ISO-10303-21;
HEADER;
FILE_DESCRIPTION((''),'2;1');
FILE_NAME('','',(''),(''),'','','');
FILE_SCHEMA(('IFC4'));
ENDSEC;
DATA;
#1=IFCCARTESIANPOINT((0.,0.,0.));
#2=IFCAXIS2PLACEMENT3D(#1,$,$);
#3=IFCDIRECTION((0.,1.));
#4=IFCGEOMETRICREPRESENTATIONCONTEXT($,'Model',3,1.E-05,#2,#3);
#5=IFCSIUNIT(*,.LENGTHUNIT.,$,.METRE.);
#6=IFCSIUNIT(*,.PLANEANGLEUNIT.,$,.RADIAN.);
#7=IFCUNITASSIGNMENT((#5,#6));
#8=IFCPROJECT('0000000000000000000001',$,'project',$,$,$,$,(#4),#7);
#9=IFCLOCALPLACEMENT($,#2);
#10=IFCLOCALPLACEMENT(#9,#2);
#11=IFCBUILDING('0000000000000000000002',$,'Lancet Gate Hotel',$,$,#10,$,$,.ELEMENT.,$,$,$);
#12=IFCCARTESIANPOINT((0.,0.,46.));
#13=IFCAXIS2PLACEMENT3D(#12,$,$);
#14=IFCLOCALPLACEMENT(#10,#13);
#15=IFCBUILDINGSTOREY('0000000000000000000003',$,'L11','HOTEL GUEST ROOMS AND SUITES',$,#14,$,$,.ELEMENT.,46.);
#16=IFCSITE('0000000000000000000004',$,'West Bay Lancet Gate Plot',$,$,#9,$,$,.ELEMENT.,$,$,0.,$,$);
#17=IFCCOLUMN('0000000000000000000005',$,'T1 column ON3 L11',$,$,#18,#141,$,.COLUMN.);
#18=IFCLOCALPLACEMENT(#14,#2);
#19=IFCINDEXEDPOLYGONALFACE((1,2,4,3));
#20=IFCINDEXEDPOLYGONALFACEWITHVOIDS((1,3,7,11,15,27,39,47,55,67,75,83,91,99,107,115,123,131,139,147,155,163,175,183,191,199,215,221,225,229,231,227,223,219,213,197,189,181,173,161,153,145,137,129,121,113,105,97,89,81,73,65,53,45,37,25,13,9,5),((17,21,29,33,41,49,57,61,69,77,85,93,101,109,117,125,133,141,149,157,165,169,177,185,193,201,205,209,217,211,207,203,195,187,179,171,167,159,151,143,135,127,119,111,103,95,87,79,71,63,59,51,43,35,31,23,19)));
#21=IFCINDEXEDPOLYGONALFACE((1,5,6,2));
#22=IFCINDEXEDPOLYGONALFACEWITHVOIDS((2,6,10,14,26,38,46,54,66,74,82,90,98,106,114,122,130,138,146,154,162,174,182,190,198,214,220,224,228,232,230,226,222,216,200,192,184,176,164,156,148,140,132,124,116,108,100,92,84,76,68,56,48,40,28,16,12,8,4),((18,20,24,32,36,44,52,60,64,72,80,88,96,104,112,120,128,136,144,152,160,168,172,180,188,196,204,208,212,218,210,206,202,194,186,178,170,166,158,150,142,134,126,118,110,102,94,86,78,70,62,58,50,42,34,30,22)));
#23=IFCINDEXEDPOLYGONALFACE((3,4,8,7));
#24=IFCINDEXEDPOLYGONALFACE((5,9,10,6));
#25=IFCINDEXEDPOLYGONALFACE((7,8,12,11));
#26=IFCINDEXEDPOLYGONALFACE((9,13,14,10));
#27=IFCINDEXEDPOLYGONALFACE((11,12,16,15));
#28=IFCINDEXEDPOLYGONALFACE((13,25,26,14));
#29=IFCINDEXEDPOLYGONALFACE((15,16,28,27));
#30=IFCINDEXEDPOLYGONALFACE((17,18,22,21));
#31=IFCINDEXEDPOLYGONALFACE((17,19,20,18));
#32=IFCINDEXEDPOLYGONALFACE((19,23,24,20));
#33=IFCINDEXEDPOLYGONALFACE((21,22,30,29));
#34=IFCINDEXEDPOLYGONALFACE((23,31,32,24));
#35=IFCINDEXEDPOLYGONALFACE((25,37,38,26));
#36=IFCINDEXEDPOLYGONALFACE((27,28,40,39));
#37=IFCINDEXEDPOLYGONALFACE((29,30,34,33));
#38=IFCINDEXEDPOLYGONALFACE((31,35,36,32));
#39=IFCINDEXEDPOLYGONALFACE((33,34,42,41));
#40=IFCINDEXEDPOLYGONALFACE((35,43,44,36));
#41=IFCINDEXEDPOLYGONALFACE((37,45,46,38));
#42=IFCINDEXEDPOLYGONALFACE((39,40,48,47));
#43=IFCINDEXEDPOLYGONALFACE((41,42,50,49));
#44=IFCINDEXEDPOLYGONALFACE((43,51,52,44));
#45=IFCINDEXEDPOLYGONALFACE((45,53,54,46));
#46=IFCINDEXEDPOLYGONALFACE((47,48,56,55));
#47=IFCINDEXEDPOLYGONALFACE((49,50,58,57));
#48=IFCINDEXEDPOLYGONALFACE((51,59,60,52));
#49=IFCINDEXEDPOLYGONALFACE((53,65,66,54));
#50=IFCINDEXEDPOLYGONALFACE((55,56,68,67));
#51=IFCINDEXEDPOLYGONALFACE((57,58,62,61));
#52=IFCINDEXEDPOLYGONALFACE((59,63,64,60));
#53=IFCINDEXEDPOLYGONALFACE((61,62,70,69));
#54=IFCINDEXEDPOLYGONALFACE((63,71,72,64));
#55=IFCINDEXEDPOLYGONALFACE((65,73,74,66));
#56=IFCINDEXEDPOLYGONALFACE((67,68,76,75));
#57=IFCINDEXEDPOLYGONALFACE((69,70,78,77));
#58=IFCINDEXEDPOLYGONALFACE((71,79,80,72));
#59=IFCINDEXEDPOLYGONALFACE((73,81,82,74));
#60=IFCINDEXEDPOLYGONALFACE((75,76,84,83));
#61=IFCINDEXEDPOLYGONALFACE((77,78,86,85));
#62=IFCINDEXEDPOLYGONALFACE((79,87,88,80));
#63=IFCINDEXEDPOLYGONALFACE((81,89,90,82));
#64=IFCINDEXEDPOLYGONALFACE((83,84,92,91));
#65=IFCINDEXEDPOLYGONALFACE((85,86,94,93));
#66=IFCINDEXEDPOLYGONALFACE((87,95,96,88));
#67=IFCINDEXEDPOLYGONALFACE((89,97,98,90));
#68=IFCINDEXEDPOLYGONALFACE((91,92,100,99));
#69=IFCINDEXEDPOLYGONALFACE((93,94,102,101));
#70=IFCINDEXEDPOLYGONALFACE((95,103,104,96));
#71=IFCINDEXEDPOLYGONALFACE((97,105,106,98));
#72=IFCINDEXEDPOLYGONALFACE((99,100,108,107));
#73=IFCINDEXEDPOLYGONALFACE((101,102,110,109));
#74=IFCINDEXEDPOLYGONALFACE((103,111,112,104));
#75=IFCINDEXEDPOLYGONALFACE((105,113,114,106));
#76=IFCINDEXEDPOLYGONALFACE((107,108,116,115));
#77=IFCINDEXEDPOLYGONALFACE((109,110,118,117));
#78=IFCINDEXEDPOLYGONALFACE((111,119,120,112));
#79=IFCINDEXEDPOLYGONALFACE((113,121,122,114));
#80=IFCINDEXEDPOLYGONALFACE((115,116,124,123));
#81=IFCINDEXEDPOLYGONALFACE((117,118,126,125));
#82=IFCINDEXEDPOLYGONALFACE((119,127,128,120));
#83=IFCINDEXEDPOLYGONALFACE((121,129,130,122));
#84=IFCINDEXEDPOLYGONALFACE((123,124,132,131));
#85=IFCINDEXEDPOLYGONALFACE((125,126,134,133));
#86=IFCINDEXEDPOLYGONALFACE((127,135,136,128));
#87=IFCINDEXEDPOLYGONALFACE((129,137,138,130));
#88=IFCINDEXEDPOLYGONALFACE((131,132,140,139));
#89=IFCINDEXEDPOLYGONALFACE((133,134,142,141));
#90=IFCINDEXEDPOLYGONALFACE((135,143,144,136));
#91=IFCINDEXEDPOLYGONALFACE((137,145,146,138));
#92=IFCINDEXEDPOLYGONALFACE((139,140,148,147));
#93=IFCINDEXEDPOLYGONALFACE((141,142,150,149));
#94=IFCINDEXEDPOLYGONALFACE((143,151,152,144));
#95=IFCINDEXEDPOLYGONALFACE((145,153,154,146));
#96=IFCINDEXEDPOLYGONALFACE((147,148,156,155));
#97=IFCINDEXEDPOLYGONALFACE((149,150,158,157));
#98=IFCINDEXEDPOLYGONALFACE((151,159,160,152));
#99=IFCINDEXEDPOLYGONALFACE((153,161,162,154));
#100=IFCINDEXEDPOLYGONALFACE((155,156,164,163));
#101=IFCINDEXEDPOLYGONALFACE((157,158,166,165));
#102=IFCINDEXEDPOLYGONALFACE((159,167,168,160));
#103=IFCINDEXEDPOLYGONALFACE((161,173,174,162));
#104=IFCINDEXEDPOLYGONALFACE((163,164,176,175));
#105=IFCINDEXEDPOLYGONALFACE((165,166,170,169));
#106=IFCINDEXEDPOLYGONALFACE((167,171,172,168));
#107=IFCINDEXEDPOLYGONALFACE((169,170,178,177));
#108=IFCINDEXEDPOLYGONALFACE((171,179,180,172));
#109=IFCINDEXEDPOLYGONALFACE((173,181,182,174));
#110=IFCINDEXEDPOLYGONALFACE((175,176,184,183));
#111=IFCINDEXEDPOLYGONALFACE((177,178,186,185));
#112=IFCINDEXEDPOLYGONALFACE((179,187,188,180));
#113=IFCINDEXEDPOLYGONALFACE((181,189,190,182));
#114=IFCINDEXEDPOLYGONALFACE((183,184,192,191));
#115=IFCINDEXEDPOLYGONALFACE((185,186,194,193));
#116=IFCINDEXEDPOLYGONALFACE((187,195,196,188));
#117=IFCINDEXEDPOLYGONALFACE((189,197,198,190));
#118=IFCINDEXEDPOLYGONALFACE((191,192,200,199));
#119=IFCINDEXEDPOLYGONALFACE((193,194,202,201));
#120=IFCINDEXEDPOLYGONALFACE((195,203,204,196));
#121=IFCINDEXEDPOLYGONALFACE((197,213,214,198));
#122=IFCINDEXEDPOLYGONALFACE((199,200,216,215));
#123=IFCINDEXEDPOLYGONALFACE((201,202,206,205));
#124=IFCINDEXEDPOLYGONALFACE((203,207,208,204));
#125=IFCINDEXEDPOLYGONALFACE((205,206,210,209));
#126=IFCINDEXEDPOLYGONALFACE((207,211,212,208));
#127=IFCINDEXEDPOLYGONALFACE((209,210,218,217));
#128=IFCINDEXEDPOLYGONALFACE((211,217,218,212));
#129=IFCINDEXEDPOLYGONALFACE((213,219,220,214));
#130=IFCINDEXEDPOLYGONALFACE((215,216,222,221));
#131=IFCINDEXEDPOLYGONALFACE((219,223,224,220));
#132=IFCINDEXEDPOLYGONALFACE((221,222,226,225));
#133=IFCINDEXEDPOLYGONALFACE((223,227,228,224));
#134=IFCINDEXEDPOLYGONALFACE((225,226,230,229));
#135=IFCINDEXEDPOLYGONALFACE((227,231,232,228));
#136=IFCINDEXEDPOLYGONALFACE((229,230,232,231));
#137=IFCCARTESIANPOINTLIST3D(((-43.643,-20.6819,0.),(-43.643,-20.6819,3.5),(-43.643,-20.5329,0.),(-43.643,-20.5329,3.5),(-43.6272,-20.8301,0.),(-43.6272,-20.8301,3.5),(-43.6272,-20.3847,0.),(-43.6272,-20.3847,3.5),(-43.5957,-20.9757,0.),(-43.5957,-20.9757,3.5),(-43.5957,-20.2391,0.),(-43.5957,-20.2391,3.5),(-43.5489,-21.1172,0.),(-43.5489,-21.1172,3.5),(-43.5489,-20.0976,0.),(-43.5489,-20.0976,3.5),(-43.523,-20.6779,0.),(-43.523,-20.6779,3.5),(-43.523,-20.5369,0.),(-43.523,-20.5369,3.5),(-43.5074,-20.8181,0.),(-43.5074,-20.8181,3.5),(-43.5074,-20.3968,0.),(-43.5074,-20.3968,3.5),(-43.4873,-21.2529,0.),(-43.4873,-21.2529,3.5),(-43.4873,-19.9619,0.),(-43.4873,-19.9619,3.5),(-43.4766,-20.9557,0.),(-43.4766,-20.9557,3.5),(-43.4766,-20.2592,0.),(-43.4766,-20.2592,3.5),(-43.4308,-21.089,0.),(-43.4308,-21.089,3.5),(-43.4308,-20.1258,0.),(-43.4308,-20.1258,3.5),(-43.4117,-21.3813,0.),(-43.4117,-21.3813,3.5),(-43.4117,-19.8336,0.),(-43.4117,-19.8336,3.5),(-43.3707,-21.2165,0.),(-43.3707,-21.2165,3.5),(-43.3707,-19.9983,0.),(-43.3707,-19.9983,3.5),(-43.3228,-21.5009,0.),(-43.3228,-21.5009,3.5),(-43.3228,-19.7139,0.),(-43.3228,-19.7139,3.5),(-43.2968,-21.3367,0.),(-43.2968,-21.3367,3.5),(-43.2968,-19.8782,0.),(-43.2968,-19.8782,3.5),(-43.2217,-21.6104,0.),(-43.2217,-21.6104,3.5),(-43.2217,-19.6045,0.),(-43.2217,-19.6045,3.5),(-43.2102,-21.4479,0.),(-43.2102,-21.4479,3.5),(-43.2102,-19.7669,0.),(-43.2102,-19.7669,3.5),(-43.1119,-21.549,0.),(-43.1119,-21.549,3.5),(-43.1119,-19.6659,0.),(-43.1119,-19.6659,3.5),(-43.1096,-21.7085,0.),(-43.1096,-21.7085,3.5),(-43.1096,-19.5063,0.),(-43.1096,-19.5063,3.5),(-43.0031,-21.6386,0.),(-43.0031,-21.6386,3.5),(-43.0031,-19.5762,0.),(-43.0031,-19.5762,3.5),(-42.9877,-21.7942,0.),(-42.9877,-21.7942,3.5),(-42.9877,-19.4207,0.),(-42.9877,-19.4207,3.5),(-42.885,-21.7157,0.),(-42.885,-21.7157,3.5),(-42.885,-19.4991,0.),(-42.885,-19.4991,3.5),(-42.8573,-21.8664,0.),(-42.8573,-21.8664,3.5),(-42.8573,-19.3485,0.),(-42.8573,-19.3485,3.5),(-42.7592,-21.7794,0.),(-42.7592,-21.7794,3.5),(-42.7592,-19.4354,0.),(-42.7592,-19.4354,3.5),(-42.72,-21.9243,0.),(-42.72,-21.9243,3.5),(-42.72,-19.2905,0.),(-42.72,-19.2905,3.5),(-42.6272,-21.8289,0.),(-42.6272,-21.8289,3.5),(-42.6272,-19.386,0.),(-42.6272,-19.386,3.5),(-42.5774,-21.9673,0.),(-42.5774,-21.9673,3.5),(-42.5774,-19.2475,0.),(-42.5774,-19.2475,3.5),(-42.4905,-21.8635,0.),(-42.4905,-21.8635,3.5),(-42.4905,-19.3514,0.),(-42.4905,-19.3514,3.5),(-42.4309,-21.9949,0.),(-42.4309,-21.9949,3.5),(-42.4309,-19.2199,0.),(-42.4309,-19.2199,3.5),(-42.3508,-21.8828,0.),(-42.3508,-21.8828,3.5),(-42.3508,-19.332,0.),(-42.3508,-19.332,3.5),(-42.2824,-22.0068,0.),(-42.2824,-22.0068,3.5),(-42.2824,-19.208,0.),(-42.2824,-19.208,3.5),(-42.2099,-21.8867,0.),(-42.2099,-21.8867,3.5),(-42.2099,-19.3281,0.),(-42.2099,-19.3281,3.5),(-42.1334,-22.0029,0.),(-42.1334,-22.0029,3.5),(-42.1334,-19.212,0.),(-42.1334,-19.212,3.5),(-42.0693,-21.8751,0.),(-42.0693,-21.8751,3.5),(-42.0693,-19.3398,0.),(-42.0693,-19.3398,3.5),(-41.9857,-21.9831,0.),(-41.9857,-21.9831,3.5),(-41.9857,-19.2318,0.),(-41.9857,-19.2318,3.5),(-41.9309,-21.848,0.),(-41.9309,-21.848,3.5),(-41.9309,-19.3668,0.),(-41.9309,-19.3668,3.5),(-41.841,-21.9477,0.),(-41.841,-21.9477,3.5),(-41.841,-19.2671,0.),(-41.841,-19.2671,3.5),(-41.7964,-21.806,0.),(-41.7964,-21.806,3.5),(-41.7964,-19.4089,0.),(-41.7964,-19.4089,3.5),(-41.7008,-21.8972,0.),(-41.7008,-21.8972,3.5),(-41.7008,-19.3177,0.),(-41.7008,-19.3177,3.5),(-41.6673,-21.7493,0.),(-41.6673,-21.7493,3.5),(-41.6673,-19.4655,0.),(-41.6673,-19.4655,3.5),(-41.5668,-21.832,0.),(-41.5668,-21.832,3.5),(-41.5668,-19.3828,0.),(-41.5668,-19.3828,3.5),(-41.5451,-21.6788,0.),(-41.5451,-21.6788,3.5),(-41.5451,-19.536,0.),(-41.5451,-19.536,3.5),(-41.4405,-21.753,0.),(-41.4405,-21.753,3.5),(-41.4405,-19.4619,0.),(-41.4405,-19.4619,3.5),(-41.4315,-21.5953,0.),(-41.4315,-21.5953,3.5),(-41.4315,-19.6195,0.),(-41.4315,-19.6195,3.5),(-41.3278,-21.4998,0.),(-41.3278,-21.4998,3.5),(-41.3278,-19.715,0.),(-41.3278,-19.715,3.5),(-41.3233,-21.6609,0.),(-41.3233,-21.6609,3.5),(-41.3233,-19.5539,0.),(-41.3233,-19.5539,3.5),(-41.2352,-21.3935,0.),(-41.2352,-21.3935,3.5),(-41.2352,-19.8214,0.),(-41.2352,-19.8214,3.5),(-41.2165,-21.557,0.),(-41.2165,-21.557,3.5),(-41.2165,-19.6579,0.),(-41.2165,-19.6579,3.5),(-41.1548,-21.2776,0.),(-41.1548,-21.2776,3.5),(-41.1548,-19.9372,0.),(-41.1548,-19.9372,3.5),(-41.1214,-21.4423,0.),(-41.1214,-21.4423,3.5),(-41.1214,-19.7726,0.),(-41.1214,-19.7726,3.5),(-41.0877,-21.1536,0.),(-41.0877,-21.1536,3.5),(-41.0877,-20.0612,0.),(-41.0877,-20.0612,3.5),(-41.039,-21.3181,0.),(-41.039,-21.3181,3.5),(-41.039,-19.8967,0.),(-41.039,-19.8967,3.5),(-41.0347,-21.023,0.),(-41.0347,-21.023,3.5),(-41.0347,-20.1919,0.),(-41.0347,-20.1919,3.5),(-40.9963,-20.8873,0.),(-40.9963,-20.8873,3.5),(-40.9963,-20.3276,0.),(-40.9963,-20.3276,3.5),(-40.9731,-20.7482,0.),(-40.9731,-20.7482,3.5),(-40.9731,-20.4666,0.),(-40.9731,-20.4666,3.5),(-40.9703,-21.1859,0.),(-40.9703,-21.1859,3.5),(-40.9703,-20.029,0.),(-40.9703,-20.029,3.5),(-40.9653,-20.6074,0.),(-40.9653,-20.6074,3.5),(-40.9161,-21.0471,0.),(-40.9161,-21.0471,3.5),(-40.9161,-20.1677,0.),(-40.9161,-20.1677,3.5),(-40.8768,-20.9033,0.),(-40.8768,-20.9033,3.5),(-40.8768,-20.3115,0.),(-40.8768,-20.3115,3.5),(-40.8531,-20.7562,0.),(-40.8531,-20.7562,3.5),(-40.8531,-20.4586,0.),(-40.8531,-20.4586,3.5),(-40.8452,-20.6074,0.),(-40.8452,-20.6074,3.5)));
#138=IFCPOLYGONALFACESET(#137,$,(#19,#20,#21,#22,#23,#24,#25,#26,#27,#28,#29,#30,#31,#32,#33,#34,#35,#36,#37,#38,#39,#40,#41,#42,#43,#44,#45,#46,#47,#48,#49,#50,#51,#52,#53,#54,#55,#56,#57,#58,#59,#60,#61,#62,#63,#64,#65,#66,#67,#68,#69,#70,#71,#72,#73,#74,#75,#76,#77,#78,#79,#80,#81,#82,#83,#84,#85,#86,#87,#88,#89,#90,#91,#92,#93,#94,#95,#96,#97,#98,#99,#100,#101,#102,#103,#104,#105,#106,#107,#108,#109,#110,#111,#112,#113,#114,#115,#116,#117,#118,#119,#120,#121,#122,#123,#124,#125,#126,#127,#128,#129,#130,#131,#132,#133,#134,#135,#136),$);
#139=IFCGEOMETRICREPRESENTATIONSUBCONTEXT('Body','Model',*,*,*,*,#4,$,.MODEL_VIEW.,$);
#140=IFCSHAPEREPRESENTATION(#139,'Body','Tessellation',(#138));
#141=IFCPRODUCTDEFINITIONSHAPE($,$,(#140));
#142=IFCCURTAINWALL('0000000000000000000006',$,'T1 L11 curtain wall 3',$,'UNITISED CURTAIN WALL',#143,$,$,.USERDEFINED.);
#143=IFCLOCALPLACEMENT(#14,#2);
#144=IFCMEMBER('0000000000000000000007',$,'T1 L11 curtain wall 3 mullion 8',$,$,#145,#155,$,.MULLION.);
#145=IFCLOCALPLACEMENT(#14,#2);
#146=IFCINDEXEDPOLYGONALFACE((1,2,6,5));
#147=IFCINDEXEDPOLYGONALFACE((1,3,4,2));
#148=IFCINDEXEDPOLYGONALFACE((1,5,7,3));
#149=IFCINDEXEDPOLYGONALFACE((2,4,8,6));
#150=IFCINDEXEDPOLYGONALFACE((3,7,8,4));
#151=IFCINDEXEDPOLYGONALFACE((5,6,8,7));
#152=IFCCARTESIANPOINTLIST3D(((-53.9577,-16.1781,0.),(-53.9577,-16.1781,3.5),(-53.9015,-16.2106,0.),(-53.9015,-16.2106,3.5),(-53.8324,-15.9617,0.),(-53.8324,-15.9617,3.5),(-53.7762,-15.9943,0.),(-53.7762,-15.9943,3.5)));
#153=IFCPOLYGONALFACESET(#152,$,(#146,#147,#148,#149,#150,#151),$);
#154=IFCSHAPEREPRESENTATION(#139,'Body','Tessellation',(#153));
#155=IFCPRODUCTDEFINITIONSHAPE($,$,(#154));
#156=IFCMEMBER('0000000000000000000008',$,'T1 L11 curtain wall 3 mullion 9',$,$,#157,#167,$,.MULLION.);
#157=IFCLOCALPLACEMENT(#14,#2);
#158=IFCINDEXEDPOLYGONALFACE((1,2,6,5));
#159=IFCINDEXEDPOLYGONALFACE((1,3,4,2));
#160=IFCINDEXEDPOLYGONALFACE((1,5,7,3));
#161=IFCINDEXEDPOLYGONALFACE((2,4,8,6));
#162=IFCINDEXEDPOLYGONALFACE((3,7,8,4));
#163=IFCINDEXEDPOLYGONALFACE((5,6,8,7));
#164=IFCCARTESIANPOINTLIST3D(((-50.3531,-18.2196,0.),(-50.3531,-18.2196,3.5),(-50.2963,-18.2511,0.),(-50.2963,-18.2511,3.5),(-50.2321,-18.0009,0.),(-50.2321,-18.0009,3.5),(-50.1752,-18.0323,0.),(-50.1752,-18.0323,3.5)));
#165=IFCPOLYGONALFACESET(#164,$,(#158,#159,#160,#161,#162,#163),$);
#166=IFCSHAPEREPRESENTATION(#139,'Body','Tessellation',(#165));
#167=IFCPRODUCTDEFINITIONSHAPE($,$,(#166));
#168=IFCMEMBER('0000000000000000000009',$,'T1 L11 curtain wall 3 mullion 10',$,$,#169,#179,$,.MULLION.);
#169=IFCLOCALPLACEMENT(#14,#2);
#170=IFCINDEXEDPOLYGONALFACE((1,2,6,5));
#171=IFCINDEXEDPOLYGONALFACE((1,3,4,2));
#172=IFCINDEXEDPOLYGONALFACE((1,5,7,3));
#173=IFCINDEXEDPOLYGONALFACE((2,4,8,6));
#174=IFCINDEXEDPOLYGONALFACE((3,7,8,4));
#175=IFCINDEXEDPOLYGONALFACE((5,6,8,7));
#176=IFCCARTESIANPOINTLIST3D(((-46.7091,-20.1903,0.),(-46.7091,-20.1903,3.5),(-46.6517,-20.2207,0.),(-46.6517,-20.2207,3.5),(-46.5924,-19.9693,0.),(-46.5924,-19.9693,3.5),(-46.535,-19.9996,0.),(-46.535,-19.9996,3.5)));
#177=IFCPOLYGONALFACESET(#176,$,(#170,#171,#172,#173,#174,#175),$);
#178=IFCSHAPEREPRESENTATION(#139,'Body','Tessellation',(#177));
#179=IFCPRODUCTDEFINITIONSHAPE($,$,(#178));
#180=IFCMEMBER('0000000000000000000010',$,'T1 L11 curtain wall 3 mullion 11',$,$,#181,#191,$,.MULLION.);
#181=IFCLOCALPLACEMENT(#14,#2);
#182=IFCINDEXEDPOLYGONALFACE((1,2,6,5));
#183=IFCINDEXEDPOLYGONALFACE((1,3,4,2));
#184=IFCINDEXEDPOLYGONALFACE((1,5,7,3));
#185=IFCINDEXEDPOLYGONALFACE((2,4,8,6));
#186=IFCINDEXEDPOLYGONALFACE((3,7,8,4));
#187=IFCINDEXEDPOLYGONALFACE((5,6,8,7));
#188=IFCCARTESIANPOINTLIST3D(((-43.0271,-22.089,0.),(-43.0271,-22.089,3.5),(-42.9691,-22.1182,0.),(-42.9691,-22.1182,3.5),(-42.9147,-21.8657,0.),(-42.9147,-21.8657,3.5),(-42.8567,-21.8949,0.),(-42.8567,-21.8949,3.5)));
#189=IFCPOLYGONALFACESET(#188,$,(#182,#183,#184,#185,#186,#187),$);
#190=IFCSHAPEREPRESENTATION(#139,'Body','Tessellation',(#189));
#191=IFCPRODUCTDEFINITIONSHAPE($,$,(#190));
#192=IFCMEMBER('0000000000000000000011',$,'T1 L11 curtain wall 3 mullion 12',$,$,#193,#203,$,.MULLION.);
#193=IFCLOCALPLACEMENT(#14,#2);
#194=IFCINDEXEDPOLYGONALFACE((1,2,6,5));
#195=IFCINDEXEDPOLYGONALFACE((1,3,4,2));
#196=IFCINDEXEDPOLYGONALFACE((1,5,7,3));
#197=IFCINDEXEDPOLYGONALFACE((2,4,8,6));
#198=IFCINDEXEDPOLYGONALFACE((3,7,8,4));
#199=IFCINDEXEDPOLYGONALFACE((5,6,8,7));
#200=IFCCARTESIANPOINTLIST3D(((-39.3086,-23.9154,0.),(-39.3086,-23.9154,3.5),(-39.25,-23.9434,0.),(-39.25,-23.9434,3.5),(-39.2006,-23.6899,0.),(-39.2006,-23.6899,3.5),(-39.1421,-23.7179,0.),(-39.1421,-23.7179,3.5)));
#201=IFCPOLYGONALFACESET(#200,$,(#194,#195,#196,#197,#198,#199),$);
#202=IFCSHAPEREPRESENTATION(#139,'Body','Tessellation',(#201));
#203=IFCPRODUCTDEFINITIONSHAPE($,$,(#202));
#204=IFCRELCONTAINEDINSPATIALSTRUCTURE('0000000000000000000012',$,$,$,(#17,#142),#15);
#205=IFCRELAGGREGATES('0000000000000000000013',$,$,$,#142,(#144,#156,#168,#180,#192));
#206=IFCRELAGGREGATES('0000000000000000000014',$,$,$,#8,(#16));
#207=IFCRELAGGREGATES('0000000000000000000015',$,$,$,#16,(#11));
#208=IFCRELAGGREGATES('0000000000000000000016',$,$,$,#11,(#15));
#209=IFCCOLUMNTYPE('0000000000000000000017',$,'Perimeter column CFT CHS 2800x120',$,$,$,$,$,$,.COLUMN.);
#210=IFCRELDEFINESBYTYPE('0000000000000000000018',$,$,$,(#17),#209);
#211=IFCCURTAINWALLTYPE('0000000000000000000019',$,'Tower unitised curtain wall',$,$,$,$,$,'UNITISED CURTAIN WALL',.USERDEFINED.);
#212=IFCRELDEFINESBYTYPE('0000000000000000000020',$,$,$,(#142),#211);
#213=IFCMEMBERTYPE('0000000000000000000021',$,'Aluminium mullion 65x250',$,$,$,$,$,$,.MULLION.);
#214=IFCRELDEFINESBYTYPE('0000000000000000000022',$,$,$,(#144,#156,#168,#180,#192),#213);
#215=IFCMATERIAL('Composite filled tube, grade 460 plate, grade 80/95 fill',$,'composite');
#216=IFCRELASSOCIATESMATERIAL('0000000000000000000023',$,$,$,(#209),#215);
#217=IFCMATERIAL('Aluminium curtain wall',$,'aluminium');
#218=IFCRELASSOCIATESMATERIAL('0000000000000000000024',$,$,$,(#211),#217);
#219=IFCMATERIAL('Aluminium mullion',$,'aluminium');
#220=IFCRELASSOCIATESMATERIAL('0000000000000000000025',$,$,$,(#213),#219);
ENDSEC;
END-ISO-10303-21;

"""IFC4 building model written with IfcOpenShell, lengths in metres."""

from ifc_helpers import new_model, si_unit, direction, frame, origin, origin_2d, place, context, subcontext, project, spatial, rectangle, hollow_circle, extrude, material, material_profile, profile_set, type_object, element, aggregate, save


model = new_model("IFC4")

# Units and contexts
model_context = context("Model", 3, precision=1e-05, world=origin(), true_north=direction((0.0, 1.0)))
body_context = subcontext(model_context, "Body", "Model", "MODEL_VIEW")
ifc_project = project(units=[si_unit("LENGTHUNIT", "METRE"), si_unit("PLANEANGLEUNIT", "RADIAN")], contexts=[model_context])

# Site, building, storey
site_placement = place(None, origin())
site = spatial("IfcSite", under=ifc_project, at=site_placement, Name="West Bay Lancet Gate Plot", CompositionType="ELEMENT", RefElevation=0.0)
building_placement = place(site_placement, origin())
building = spatial("IfcBuilding", under=site, at=building_placement, Name="Lancet Gate Hotel", CompositionType="ELEMENT")
storey_placement = place(building_placement, frame((0.0, 0.0, 46.0)))
storey = spatial("IfcBuildingStorey", under=building, at=storey_placement, Name="L11", Description="HOTEL GUEST ROOMS AND SUITES", CompositionType="ELEMENT", Elevation=46.0)

# Column
ifc_material_1 = material(Name="Composite filled tube, grade 460 plate, grade 80/95 fill", Category="composite")
ifc_material_profile_1 = material_profile(ifc_material_1, hollow_circle(Radius=1.3999, WallThickness=0.1201, at=origin_2d()), Name="CHS 2800x120")
ifc_profile_set_1 = profile_set([ifc_material_profile_1], Name="Composite filled tube, grade 460 plate, grade 80/95 fill")
column_type = type_object("IfcColumnType", Name="Perimeter column CFT CHS 2800x120", PredefinedType="COLUMN", material=ifc_profile_set_1)
for number, where, z_axis, x_axis, name in (
    (1, (-42.2451, -20.6074, 0.0), (0.0, 0.0, 1.0), (1.0, 0.0, 0.0), "T1 column ON3 L11"),
):
    element("IfcColumn", number, at=place(storey_placement, frame(where, z_axis=z_axis, x_axis=x_axis)), inside=storey, type_object=column_type, Name=name, PredefinedType="COLUMN", context=body_context, shape_type="SweptSolid", body=[
        extrude(hollow_circle(Radius=1.3999, WallThickness=0.1201, at=origin_2d()), origin(), (0.0, 0.0, 1.0), 3.5),
    ])

# Curtain wall, members
ifc_material_2 = material(Name="Aluminium curtain wall", Category="aluminium")
curtain_wall_type = type_object("IfcCurtainWallType", Name="Tower unitised curtain wall", ElementType="UNITISED CURTAIN WALL", PredefinedType="USERDEFINED", material=ifc_material_2)
curtain_wall_placement = place(storey_placement, origin())
curtain_wall = element("IfcCurtainWall", 2, at=curtain_wall_placement, inside=storey, type_object=curtain_wall_type, Name="T1 L11 curtain wall 3", ObjectType="UNITISED CURTAIN WALL", PredefinedType="USERDEFINED")
ifc_material_3 = material(Name="Aluminium mullion", Category="aluminium")
ifc_material_profile_2 = material_profile(ifc_material_3, rectangle(XDim=0.0649, YDim=0.25, at=origin_2d()), Name="MULLION 65x250")
ifc_profile_set_2 = profile_set([ifc_material_profile_2], Name="Aluminium mullion")
member_type_1 = type_object("IfcMemberType", Name="Aluminium mullion 65x250", PredefinedType="MULLION", material=ifc_profile_set_2)
member_1_placement = place(storey_placement, frame((-53.8669, -16.0862, 0.0), z_axis=(0.0, 0.0, 1.0), x_axis=(0.865335, -0.501194, 0.0)))
member_1 = element("IfcMember", 3, at=member_1_placement, type_object=member_type_1, Name="T1 L11 curtain wall 3 mullion 8", PredefinedType="MULLION", context=body_context, shape_type="SweptSolid", body=[
    extrude(rectangle(XDim=0.0649, YDim=0.25, at=origin_2d()), origin(), (0.0, 0.0, 1.0), 3.5),
])
member_2_placement = place(storey_placement, frame((-50.2642, -18.126, 0.0), z_axis=(0.0, 0.0, 1.0), x_axis=(0.874991, -0.484139, 0.0)))
member_2 = element("IfcMember", 4, at=member_2_placement, type_object=member_type_1, Name="T1 L11 curtain wall 3 mullion 9", PredefinedType="MULLION", context=body_context, shape_type="SweptSolid", body=[
    extrude(rectangle(XDim=0.0649, YDim=0.25, at=origin_2d()), origin(), (0.0, 0.0, 1.0), 3.5),
])
member_3_placement = place(storey_placement, frame((-46.6221, -20.095, 0.0), z_axis=(0.0, 0.0, 1.0), x_axis=(0.884311, -0.466898, 0.0)))
member_3 = element("IfcMember", 5, at=member_3_placement, type_object=member_type_1, Name="T1 L11 curtain wall 3 mullion 10", PredefinedType="MULLION", context=body_context, shape_type="SweptSolid", body=[
    extrude(rectangle(XDim=0.0649, YDim=0.25, at=origin_2d()), origin(), (0.0, 0.0, 1.0), 3.5),
])
member_4_placement = place(storey_placement, frame((-42.9419, -21.9919, 0.0), z_axis=(0.0, 0.0, 1.0), x_axis=(0.893292, -0.449478, 0.0)))
member_4 = element("IfcMember", 6, at=member_4_placement, type_object=member_type_1, Name="T1 L11 curtain wall 3 mullion 11", PredefinedType="MULLION", context=body_context, shape_type="SweptSolid", body=[
    extrude(rectangle(XDim=0.0649, YDim=0.25, at=origin_2d()), origin(), (0.0, 0.0, 1.0), 3.5),
])
member_5_placement = place(storey_placement, frame((-39.2253, -23.8167, 0.0), z_axis=(0.0, 0.0, 1.0), x_axis=(0.901929, -0.431885, 0.0)))
member_5 = element("IfcMember", 7, at=member_5_placement, type_object=member_type_1, Name="T1 L11 curtain wall 3 mullion 12", PredefinedType="MULLION", context=body_context, shape_type="SweptSolid", body=[
    extrude(rectangle(XDim=0.0649, YDim=0.25, at=origin_2d()), origin(), (0.0, 0.0, 1.0), 3.5),
])

aggregate(curtain_wall, [member_1, member_2, member_3, member_4, member_5])

save(model, "model.ifc")
